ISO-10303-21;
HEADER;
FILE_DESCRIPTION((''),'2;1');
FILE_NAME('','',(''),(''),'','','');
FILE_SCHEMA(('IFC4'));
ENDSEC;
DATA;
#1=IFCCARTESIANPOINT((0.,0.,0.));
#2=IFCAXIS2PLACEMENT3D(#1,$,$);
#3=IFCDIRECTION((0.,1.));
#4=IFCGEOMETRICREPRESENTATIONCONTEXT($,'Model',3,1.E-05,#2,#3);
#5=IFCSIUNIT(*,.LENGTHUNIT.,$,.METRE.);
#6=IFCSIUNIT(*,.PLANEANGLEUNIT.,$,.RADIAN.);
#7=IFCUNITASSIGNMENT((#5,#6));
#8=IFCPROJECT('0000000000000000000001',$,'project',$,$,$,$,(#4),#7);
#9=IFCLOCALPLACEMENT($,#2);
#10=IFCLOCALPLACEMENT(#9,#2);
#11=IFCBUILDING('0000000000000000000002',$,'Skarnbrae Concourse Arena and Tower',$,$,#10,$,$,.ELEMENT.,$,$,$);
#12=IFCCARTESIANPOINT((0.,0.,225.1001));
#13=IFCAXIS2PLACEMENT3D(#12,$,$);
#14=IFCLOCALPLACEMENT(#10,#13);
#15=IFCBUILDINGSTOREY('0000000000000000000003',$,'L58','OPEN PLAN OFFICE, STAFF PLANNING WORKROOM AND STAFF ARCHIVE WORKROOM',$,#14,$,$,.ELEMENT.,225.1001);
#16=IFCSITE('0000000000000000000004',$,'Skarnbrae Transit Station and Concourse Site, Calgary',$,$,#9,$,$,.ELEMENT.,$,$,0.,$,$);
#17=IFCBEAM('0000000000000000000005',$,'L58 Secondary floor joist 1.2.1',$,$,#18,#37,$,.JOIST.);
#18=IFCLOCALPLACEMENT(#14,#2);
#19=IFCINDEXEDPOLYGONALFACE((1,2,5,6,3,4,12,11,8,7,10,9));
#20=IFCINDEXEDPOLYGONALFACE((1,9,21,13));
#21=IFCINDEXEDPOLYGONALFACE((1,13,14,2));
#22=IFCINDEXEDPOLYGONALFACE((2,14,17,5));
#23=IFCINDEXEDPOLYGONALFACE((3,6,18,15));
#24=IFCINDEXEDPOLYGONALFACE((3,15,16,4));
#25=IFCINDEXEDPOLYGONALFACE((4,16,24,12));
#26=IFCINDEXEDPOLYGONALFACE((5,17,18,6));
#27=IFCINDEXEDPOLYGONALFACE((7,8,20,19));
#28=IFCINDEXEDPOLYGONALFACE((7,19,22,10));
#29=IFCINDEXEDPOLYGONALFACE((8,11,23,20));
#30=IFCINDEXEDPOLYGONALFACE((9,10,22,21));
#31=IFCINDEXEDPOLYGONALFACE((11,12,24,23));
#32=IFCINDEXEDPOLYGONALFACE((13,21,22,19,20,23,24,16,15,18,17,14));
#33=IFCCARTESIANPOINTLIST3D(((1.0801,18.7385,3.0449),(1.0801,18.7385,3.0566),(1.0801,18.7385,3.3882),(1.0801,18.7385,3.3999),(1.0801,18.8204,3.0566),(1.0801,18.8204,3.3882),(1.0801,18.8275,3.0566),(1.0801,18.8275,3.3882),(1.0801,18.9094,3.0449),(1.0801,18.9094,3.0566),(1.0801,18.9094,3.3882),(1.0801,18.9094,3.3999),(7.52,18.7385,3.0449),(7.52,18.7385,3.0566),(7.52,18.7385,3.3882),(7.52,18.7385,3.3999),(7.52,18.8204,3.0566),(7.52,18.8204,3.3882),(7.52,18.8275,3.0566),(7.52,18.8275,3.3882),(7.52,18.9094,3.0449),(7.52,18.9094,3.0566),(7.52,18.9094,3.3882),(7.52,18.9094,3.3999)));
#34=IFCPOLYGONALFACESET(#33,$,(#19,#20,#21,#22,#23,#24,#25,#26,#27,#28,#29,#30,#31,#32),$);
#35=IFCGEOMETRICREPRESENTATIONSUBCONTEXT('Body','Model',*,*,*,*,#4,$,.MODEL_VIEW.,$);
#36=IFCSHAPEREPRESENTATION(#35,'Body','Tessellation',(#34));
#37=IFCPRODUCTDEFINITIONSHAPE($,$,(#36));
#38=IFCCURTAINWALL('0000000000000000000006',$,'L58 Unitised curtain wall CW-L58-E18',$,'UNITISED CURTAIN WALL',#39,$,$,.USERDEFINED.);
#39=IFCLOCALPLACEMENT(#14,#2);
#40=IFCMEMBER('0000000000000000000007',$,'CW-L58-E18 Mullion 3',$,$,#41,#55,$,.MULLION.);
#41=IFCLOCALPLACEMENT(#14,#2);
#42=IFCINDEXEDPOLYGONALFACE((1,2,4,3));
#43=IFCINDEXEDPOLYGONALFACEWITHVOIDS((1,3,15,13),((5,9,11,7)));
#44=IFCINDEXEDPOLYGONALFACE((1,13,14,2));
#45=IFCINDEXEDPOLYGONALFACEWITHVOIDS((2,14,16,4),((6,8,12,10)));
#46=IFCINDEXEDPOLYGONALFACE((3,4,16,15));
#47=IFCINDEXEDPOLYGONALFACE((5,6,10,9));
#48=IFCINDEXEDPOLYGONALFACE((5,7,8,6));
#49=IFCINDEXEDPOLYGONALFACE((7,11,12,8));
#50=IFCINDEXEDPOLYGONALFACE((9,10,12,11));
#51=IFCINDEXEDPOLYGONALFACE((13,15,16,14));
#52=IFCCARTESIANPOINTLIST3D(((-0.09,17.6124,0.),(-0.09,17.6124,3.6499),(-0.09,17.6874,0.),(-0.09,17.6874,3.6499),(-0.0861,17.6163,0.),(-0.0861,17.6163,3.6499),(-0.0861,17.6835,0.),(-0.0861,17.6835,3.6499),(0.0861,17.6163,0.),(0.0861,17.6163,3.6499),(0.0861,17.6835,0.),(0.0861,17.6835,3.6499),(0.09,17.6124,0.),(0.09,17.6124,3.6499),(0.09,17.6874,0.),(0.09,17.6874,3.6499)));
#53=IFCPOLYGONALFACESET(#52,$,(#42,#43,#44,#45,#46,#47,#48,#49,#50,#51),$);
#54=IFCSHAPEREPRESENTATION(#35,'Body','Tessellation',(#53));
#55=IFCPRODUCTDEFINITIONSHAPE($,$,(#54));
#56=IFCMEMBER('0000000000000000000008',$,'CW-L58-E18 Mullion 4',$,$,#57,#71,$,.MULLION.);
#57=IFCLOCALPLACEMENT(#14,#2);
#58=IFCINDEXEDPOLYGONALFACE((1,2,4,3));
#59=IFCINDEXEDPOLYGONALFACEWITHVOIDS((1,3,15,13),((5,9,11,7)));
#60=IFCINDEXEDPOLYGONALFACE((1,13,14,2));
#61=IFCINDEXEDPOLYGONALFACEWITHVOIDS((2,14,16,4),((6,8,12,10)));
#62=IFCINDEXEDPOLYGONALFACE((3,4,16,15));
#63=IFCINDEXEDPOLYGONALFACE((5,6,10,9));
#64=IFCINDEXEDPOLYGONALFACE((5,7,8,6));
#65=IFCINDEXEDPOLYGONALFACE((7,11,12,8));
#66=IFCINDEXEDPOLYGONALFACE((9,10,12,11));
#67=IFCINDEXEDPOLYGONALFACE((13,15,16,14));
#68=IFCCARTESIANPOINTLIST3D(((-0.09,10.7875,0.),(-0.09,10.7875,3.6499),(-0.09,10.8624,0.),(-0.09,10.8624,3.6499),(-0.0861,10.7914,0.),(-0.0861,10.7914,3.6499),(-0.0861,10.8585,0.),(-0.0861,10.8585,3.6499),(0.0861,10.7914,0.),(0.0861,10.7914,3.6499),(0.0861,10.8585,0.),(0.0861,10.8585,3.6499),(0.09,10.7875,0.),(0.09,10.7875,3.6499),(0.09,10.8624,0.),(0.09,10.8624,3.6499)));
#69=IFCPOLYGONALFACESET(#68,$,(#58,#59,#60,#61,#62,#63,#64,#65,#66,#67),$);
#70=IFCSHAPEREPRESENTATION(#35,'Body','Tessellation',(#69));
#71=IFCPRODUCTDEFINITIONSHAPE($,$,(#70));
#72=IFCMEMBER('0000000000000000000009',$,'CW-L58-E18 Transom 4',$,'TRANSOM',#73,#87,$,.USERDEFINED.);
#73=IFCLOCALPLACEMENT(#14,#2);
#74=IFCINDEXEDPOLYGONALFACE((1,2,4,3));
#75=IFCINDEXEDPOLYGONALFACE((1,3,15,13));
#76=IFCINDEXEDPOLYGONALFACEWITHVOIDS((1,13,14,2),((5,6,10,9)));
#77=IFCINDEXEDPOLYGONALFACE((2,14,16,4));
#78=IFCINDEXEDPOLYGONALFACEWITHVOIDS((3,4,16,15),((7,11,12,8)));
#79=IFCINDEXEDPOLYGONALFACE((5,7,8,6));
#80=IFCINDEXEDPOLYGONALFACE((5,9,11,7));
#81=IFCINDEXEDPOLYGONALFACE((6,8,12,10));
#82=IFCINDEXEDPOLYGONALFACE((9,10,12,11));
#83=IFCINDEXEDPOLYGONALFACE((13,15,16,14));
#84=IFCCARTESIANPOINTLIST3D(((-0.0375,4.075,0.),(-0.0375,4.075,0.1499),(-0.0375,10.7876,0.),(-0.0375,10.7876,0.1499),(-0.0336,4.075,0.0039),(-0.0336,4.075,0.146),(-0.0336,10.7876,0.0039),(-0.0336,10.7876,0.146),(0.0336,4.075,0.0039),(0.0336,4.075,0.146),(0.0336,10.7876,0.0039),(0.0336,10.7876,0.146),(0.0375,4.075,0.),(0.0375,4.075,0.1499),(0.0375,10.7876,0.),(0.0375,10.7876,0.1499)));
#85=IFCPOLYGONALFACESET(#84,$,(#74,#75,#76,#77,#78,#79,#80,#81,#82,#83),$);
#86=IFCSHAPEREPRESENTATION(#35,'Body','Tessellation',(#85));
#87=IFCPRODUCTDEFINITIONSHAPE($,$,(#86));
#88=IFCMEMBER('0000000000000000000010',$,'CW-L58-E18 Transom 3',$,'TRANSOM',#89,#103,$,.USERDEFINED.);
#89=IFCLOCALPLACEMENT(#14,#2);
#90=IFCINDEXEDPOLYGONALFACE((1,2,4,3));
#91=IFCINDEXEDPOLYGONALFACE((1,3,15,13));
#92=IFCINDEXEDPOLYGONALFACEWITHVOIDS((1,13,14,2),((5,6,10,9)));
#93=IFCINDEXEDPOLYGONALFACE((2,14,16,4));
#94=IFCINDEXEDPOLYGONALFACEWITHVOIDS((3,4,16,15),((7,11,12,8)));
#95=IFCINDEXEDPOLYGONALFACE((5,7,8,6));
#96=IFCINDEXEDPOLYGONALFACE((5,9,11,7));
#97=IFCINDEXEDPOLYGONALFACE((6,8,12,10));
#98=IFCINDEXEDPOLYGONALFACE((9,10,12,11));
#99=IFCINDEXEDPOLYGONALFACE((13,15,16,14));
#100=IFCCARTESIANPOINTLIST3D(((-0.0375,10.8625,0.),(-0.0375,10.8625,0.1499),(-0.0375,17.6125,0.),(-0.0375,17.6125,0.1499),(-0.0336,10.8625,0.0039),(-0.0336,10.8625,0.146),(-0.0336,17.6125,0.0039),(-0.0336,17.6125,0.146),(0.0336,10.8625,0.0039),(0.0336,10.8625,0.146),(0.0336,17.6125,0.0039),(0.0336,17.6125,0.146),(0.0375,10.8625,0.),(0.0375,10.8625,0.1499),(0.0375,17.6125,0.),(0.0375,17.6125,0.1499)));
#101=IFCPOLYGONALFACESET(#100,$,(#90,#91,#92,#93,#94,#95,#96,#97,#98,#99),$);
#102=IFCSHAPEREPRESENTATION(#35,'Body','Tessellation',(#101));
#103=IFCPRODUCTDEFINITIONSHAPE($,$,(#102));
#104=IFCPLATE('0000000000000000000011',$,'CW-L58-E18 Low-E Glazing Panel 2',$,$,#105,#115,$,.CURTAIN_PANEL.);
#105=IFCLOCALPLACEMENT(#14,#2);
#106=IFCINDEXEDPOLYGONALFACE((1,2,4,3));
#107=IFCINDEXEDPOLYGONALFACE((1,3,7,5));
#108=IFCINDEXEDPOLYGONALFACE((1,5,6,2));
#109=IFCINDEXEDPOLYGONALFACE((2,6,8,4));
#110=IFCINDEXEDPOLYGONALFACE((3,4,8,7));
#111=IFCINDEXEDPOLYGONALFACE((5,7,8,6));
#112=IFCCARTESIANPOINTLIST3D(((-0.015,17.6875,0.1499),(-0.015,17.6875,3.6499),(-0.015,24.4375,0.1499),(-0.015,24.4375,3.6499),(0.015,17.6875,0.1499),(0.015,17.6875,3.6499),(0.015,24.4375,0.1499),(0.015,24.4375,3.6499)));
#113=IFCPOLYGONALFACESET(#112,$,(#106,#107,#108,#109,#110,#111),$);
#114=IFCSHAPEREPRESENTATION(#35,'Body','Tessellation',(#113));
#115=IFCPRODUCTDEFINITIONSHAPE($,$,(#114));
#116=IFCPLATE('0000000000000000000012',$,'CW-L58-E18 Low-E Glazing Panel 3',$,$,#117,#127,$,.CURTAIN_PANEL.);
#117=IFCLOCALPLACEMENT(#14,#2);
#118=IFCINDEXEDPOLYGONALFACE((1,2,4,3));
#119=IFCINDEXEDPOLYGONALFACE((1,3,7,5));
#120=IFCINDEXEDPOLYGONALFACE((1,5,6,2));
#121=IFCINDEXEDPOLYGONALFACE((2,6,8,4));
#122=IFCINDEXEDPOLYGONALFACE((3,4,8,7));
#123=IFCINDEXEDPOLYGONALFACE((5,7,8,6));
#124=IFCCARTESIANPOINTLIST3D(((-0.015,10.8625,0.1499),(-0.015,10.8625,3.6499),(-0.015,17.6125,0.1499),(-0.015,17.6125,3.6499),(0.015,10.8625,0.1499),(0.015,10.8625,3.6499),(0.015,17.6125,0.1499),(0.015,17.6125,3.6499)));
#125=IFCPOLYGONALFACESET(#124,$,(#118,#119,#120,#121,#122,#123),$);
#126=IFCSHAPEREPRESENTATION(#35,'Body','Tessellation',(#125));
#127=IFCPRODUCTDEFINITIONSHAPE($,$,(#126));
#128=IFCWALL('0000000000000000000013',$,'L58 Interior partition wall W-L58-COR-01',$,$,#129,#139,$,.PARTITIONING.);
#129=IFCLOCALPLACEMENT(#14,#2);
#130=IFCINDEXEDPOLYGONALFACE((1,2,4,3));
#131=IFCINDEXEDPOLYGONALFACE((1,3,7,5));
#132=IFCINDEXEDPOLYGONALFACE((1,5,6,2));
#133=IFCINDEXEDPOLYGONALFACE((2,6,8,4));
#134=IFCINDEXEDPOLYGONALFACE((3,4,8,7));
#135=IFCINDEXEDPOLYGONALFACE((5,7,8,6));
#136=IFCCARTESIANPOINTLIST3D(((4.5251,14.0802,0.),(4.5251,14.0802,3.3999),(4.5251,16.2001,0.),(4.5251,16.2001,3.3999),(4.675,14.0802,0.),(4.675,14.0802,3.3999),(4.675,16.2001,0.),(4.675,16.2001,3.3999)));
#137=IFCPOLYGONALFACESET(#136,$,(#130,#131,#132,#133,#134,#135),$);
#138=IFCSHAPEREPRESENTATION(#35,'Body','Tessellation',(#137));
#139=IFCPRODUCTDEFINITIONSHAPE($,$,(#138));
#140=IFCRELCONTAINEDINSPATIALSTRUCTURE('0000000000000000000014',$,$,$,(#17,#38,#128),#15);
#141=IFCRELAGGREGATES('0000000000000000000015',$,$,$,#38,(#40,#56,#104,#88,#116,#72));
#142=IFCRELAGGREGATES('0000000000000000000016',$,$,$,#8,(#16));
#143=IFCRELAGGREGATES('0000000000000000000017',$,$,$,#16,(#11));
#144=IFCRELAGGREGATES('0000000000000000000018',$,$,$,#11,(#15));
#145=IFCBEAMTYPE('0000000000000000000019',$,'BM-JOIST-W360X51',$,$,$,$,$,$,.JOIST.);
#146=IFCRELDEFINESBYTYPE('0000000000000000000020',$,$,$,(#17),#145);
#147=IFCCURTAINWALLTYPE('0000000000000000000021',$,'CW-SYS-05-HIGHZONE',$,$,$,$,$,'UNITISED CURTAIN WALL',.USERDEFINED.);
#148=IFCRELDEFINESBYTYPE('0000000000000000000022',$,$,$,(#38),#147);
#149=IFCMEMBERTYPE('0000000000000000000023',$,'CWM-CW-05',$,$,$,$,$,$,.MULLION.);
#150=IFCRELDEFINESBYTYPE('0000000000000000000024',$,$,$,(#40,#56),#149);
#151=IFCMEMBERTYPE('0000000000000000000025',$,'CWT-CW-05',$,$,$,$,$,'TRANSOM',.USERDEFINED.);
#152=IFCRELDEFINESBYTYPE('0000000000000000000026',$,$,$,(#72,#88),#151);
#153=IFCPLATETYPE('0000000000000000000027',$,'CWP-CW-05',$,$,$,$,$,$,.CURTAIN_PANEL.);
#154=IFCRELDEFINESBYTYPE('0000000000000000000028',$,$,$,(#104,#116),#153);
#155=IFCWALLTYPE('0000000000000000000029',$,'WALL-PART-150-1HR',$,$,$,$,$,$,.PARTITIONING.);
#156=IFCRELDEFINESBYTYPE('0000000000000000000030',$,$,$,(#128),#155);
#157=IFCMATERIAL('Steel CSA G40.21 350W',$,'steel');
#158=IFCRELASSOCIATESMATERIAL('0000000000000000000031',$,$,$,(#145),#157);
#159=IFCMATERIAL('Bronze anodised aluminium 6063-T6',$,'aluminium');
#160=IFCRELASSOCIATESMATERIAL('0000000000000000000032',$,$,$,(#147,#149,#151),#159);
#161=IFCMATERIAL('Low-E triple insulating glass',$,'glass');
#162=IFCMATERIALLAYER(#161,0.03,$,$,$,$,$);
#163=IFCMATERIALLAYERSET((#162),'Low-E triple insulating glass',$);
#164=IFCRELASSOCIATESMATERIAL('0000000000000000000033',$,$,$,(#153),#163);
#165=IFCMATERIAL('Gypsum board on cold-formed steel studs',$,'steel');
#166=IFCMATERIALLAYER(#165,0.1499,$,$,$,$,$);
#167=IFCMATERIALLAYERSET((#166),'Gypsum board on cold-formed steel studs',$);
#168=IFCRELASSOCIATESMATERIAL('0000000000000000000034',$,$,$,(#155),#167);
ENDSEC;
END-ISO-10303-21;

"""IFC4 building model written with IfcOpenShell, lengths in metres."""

from ifc_helpers import new_model, si_unit, direction, frame, frame_2d, origin, origin_2d, place, context, subcontext, project, spatial, rectangle, hollow_rectangle, i_section, extrude, source, transform, mapped, material, layer, layer_set, material_profile, profile_set, type_object, element, aggregate, save


model = new_model("IFC4")

# Units and contexts
model_context = context("Model", 3, precision=1e-05, world=origin(), true_north=direction((0.0, 1.0)))
body_context = subcontext(model_context, "Body", "Model", "MODEL_VIEW")
ifc_project = project(units=[si_unit("LENGTHUNIT", "METRE"), si_unit("PLANEANGLEUNIT", "RADIAN")], contexts=[model_context])

# Site, building, storey
site_placement = place(None, origin())
site = spatial("IfcSite", under=ifc_project, at=site_placement, Name="Skarnbrae Transit Station and Concourse Site, Calgary", CompositionType="ELEMENT", RefElevation=0.0)
building_placement = place(site_placement, origin())
building = spatial("IfcBuilding", under=site, at=building_placement, Name="Skarnbrae Concourse Arena and Tower", CompositionType="ELEMENT")
storey_placement = place(building_placement, frame((0.0, 0.0, 225.1001)))
storey = spatial("IfcBuildingStorey", under=building, at=storey_placement, Name="L58", Description="OPEN PLAN OFFICE, STAFF PLANNING WORKROOM AND STAFF ARCHIVE WORKROOM", CompositionType="ELEMENT", Elevation=225.1001)

# Shared definitions
ifc_material_1 = material(Name="Steel CSA G40.21 350W", Category="steel")

# Beam
ifc_material_profile_1 = material_profile(ifc_material_1, i_section(OverallWidth=0.1709, OverallDepth=0.355, WebThickness=0.0071, FlangeThickness=0.0117, at=origin_2d()), Name="W360X51")
ifc_profile_set_1 = profile_set([ifc_material_profile_1], Name="Steel CSA G40.21 350W")
beam_type_1 = type_object("IfcBeamType", Name="BM-JOIST-W360X51", PredefinedType="JOIST", material=ifc_profile_set_1)
shared_shape_1 = source(origin(), body_context, "Body", "SweptSolid", [
    extrude(i_section(OverallWidth=0.1709, OverallDepth=0.355, WebThickness=0.0071, FlangeThickness=0.0117, at=origin_2d()), origin(), (0.0, 0.0, 1.0), 6.4399),
])
for number, where, z_axis, x_axis, name in (
    (1, (1.0801, 18.824, 3.2224), (1.0, 0.0, 0.0), (0.0, 1.0, 0.0), "L58 Secondary floor joist 1.2.1"),
):
    element("IfcBeam", number, at=place(storey_placement, frame(where, z_axis=z_axis, x_axis=x_axis)), inside=storey, type_object=beam_type_1, Name=name, PredefinedType="JOIST", context=body_context, shape_type="MappedRepresentation", body=[
        mapped(shared_shape_1, transform((0.0, 0.0, 0.0))),
    ])

# Curtain wall, members, plates
ifc_material_2 = material(Name="Bronze anodised aluminium 6063-T6", Category="aluminium")
curtain_wall_type = type_object("IfcCurtainWallType", Name="CW-SYS-05-HIGHZONE", ElementType="UNITISED CURTAIN WALL", PredefinedType="USERDEFINED", material=ifc_material_2)
curtain_wall_placement = place(storey_placement, origin())
curtain_wall = element("IfcCurtainWall", 2, at=curtain_wall_placement, inside=storey, type_object=curtain_wall_type, Name="L58 Unitised curtain wall CW-L58-E18", ObjectType="UNITISED CURTAIN WALL", PredefinedType="USERDEFINED")
ifc_material_profile_2 = material_profile(ifc_material_2, hollow_rectangle(XDim=0.075, YDim=0.1799, WallThickness=0.0039, at=origin_2d()), Name="ALU-MULL-75X180")
ifc_profile_set_2 = profile_set([ifc_material_profile_2], Name="Bronze anodised aluminium 6063-T6")
member_type_1 = type_object("IfcMemberType", Name="CWM-CW-05", PredefinedType="MULLION", material=ifc_profile_set_2)
shared_shape_2 = source(origin(), body_context, "Body", "SweptSolid", [
    extrude(hollow_rectangle(XDim=0.075, YDim=0.1799, WallThickness=0.0039, at=origin_2d()), origin(), (0.0, 0.0, 1.0), 3.6499),
])
member_1_placement = place(storey_placement, frame((0.0, 17.6499, 0.0), z_axis=(0.0, 0.0, 1.0), x_axis=(0.0, -1.0, 0.0)))
member_1 = element("IfcMember", 3, at=member_1_placement, type_object=member_type_1, Name="CW-L58-E18 Mullion 3", PredefinedType="MULLION", context=body_context, shape_type="MappedRepresentation", body=[
    mapped(shared_shape_2, transform((0.0, 0.0, 0.0))),
])
member_2_placement = place(storey_placement, frame((0.0, 10.825, 0.0), z_axis=(0.0, 0.0, 1.0), x_axis=(0.0, -1.0, 0.0)))
member_2 = element("IfcMember", 4, at=member_2_placement, type_object=member_type_1, Name="CW-L58-E18 Mullion 4", PredefinedType="MULLION", context=body_context, shape_type="MappedRepresentation", body=[
    mapped(shared_shape_2, transform((0.0, 0.0, 0.0))),
])
ifc_material_profile_3 = material_profile(ifc_material_2, hollow_rectangle(XDim=0.075, YDim=0.1499, WallThickness=0.0039, at=origin_2d()), Name="ALU-TRAN-75X150")
ifc_profile_set_3 = profile_set([ifc_material_profile_3], Name="Bronze anodised aluminium 6063-T6")
member_type_2 = type_object("IfcMemberType", Name="CWT-CW-05", ElementType="TRANSOM", PredefinedType="USERDEFINED", material=ifc_profile_set_3)
shared_shape_3 = source(origin(), body_context, "Body", "SweptSolid", [
    extrude(hollow_rectangle(XDim=0.075, YDim=0.1499, WallThickness=0.0039, at=origin_2d()), origin(), (0.0, 0.0, 1.0), 6.7126),
])
member_3_placement = place(storey_placement, frame((0.0, 10.7876, 0.075), z_axis=(0.0, -1.0, 0.0), x_axis=(1.0, 0.0, 0.0)))
member_3 = element("IfcMember", 5, at=member_3_placement, type_object=member_type_2, Name="CW-L58-E18 Transom 4", ObjectType="TRANSOM", PredefinedType="USERDEFINED", context=body_context, shape_type="MappedRepresentation", body=[
    mapped(shared_shape_3, transform((0.0, 0.0, 0.0))),
])
shared_shape_4 = source(origin(), body_context, "Body", "SweptSolid", [
    extrude(hollow_rectangle(XDim=0.075, YDim=0.1499, WallThickness=0.0039, at=origin_2d()), origin(), (0.0, 0.0, 1.0), 6.75),
])
member_4_placement = place(storey_placement, frame((0.0, 17.6125, 0.075), z_axis=(0.0, -1.0, 0.0), x_axis=(1.0, 0.0, 0.0)))
member_4 = element("IfcMember", 6, at=member_4_placement, type_object=member_type_2, Name="CW-L58-E18 Transom 3", ObjectType="TRANSOM", PredefinedType="USERDEFINED", context=body_context, shape_type="MappedRepresentation", body=[
    mapped(shared_shape_4, transform((0.0, 0.0, 0.0))),
])
ifc_material_3 = material(Name="Low-E triple insulating glass", Category="glass")
ifc_layer_1 = layer(ifc_material_3, 0.03)
ifc_layer_set_1 = layer_set([ifc_layer_1], Name="Low-E triple insulating glass")
plate_type = type_object("IfcPlateType", Name="CWP-CW-05", PredefinedType="CURTAIN_PANEL", material=ifc_layer_set_1)
shared_shape_5 = source(origin(), body_context, "Body", "SweptSolid", [
    extrude(rectangle(XDim=6.75, YDim=0.03, at=origin_2d()), origin(), (0.0, 0.0, 1.0), 3.5),
])
plate_1_placement = place(storey_placement, frame((0.0, 21.0625, 0.1499), z_axis=(0.0, 0.0, 1.0), x_axis=(0.0, -1.0, 0.0)))
plate_1 = element("IfcPlate", 7, at=plate_1_placement, type_object=plate_type, Name="CW-L58-E18 Low-E Glazing Panel 2", PredefinedType="CURTAIN_PANEL", context=body_context, shape_type="MappedRepresentation", body=[
    mapped(shared_shape_5, transform((0.0, 0.0, 0.0))),
])
plate_2_placement = place(storey_placement, frame((0.0, 14.2375, 0.1499), z_axis=(0.0, 0.0, 1.0), x_axis=(0.0, -1.0, 0.0)))
plate_2 = element("IfcPlate", 8, at=plate_2_placement, type_object=plate_type, Name="CW-L58-E18 Low-E Glazing Panel 3", PredefinedType="CURTAIN_PANEL", context=body_context, shape_type="MappedRepresentation", body=[
    mapped(shared_shape_5, transform((0.0, 0.0, 0.0))),
])
aggregate(curtain_wall, [member_1, member_2, plate_1, member_4, plate_2, member_3])

# Wall
ifc_material_4 = material(Name="Gypsum board on cold-formed steel studs", Category="steel")
ifc_layer_2 = layer(ifc_material_4, 0.1499)
ifc_layer_set_2 = layer_set([ifc_layer_2], Name="Gypsum board on cold-formed steel studs")
wall_type_1 = type_object("IfcWallType", Name="WALL-PART-150-1HR", PredefinedType="PARTITIONING", material=ifc_layer_set_2)
shared_shape_6 = source(origin(), body_context, "Body", "SweptSolid", [
    extrude(rectangle(XDim=2.1199, YDim=0.1499, at=frame_2d((1.0601, 0.0))), origin(), (0.0, 0.0, 1.0), 3.3999),
])
wall_1_placement = place(storey_placement, frame((4.6001, 14.0801, 0.0), z_axis=(0.0, 0.0, 1.0), x_axis=(0.0, 1.0, 0.0)))
element("IfcWall", 9, at=wall_1_placement, inside=storey, type_object=wall_type_1, Name="L58 Interior partition wall W-L58-COR-01", PredefinedType="PARTITIONING", context=body_context, shape_type="MappedRepresentation", body=[
    mapped(shared_shape_6, transform((0.0, 0.0, 0.0))),
])

save(model, "model.ifc")
